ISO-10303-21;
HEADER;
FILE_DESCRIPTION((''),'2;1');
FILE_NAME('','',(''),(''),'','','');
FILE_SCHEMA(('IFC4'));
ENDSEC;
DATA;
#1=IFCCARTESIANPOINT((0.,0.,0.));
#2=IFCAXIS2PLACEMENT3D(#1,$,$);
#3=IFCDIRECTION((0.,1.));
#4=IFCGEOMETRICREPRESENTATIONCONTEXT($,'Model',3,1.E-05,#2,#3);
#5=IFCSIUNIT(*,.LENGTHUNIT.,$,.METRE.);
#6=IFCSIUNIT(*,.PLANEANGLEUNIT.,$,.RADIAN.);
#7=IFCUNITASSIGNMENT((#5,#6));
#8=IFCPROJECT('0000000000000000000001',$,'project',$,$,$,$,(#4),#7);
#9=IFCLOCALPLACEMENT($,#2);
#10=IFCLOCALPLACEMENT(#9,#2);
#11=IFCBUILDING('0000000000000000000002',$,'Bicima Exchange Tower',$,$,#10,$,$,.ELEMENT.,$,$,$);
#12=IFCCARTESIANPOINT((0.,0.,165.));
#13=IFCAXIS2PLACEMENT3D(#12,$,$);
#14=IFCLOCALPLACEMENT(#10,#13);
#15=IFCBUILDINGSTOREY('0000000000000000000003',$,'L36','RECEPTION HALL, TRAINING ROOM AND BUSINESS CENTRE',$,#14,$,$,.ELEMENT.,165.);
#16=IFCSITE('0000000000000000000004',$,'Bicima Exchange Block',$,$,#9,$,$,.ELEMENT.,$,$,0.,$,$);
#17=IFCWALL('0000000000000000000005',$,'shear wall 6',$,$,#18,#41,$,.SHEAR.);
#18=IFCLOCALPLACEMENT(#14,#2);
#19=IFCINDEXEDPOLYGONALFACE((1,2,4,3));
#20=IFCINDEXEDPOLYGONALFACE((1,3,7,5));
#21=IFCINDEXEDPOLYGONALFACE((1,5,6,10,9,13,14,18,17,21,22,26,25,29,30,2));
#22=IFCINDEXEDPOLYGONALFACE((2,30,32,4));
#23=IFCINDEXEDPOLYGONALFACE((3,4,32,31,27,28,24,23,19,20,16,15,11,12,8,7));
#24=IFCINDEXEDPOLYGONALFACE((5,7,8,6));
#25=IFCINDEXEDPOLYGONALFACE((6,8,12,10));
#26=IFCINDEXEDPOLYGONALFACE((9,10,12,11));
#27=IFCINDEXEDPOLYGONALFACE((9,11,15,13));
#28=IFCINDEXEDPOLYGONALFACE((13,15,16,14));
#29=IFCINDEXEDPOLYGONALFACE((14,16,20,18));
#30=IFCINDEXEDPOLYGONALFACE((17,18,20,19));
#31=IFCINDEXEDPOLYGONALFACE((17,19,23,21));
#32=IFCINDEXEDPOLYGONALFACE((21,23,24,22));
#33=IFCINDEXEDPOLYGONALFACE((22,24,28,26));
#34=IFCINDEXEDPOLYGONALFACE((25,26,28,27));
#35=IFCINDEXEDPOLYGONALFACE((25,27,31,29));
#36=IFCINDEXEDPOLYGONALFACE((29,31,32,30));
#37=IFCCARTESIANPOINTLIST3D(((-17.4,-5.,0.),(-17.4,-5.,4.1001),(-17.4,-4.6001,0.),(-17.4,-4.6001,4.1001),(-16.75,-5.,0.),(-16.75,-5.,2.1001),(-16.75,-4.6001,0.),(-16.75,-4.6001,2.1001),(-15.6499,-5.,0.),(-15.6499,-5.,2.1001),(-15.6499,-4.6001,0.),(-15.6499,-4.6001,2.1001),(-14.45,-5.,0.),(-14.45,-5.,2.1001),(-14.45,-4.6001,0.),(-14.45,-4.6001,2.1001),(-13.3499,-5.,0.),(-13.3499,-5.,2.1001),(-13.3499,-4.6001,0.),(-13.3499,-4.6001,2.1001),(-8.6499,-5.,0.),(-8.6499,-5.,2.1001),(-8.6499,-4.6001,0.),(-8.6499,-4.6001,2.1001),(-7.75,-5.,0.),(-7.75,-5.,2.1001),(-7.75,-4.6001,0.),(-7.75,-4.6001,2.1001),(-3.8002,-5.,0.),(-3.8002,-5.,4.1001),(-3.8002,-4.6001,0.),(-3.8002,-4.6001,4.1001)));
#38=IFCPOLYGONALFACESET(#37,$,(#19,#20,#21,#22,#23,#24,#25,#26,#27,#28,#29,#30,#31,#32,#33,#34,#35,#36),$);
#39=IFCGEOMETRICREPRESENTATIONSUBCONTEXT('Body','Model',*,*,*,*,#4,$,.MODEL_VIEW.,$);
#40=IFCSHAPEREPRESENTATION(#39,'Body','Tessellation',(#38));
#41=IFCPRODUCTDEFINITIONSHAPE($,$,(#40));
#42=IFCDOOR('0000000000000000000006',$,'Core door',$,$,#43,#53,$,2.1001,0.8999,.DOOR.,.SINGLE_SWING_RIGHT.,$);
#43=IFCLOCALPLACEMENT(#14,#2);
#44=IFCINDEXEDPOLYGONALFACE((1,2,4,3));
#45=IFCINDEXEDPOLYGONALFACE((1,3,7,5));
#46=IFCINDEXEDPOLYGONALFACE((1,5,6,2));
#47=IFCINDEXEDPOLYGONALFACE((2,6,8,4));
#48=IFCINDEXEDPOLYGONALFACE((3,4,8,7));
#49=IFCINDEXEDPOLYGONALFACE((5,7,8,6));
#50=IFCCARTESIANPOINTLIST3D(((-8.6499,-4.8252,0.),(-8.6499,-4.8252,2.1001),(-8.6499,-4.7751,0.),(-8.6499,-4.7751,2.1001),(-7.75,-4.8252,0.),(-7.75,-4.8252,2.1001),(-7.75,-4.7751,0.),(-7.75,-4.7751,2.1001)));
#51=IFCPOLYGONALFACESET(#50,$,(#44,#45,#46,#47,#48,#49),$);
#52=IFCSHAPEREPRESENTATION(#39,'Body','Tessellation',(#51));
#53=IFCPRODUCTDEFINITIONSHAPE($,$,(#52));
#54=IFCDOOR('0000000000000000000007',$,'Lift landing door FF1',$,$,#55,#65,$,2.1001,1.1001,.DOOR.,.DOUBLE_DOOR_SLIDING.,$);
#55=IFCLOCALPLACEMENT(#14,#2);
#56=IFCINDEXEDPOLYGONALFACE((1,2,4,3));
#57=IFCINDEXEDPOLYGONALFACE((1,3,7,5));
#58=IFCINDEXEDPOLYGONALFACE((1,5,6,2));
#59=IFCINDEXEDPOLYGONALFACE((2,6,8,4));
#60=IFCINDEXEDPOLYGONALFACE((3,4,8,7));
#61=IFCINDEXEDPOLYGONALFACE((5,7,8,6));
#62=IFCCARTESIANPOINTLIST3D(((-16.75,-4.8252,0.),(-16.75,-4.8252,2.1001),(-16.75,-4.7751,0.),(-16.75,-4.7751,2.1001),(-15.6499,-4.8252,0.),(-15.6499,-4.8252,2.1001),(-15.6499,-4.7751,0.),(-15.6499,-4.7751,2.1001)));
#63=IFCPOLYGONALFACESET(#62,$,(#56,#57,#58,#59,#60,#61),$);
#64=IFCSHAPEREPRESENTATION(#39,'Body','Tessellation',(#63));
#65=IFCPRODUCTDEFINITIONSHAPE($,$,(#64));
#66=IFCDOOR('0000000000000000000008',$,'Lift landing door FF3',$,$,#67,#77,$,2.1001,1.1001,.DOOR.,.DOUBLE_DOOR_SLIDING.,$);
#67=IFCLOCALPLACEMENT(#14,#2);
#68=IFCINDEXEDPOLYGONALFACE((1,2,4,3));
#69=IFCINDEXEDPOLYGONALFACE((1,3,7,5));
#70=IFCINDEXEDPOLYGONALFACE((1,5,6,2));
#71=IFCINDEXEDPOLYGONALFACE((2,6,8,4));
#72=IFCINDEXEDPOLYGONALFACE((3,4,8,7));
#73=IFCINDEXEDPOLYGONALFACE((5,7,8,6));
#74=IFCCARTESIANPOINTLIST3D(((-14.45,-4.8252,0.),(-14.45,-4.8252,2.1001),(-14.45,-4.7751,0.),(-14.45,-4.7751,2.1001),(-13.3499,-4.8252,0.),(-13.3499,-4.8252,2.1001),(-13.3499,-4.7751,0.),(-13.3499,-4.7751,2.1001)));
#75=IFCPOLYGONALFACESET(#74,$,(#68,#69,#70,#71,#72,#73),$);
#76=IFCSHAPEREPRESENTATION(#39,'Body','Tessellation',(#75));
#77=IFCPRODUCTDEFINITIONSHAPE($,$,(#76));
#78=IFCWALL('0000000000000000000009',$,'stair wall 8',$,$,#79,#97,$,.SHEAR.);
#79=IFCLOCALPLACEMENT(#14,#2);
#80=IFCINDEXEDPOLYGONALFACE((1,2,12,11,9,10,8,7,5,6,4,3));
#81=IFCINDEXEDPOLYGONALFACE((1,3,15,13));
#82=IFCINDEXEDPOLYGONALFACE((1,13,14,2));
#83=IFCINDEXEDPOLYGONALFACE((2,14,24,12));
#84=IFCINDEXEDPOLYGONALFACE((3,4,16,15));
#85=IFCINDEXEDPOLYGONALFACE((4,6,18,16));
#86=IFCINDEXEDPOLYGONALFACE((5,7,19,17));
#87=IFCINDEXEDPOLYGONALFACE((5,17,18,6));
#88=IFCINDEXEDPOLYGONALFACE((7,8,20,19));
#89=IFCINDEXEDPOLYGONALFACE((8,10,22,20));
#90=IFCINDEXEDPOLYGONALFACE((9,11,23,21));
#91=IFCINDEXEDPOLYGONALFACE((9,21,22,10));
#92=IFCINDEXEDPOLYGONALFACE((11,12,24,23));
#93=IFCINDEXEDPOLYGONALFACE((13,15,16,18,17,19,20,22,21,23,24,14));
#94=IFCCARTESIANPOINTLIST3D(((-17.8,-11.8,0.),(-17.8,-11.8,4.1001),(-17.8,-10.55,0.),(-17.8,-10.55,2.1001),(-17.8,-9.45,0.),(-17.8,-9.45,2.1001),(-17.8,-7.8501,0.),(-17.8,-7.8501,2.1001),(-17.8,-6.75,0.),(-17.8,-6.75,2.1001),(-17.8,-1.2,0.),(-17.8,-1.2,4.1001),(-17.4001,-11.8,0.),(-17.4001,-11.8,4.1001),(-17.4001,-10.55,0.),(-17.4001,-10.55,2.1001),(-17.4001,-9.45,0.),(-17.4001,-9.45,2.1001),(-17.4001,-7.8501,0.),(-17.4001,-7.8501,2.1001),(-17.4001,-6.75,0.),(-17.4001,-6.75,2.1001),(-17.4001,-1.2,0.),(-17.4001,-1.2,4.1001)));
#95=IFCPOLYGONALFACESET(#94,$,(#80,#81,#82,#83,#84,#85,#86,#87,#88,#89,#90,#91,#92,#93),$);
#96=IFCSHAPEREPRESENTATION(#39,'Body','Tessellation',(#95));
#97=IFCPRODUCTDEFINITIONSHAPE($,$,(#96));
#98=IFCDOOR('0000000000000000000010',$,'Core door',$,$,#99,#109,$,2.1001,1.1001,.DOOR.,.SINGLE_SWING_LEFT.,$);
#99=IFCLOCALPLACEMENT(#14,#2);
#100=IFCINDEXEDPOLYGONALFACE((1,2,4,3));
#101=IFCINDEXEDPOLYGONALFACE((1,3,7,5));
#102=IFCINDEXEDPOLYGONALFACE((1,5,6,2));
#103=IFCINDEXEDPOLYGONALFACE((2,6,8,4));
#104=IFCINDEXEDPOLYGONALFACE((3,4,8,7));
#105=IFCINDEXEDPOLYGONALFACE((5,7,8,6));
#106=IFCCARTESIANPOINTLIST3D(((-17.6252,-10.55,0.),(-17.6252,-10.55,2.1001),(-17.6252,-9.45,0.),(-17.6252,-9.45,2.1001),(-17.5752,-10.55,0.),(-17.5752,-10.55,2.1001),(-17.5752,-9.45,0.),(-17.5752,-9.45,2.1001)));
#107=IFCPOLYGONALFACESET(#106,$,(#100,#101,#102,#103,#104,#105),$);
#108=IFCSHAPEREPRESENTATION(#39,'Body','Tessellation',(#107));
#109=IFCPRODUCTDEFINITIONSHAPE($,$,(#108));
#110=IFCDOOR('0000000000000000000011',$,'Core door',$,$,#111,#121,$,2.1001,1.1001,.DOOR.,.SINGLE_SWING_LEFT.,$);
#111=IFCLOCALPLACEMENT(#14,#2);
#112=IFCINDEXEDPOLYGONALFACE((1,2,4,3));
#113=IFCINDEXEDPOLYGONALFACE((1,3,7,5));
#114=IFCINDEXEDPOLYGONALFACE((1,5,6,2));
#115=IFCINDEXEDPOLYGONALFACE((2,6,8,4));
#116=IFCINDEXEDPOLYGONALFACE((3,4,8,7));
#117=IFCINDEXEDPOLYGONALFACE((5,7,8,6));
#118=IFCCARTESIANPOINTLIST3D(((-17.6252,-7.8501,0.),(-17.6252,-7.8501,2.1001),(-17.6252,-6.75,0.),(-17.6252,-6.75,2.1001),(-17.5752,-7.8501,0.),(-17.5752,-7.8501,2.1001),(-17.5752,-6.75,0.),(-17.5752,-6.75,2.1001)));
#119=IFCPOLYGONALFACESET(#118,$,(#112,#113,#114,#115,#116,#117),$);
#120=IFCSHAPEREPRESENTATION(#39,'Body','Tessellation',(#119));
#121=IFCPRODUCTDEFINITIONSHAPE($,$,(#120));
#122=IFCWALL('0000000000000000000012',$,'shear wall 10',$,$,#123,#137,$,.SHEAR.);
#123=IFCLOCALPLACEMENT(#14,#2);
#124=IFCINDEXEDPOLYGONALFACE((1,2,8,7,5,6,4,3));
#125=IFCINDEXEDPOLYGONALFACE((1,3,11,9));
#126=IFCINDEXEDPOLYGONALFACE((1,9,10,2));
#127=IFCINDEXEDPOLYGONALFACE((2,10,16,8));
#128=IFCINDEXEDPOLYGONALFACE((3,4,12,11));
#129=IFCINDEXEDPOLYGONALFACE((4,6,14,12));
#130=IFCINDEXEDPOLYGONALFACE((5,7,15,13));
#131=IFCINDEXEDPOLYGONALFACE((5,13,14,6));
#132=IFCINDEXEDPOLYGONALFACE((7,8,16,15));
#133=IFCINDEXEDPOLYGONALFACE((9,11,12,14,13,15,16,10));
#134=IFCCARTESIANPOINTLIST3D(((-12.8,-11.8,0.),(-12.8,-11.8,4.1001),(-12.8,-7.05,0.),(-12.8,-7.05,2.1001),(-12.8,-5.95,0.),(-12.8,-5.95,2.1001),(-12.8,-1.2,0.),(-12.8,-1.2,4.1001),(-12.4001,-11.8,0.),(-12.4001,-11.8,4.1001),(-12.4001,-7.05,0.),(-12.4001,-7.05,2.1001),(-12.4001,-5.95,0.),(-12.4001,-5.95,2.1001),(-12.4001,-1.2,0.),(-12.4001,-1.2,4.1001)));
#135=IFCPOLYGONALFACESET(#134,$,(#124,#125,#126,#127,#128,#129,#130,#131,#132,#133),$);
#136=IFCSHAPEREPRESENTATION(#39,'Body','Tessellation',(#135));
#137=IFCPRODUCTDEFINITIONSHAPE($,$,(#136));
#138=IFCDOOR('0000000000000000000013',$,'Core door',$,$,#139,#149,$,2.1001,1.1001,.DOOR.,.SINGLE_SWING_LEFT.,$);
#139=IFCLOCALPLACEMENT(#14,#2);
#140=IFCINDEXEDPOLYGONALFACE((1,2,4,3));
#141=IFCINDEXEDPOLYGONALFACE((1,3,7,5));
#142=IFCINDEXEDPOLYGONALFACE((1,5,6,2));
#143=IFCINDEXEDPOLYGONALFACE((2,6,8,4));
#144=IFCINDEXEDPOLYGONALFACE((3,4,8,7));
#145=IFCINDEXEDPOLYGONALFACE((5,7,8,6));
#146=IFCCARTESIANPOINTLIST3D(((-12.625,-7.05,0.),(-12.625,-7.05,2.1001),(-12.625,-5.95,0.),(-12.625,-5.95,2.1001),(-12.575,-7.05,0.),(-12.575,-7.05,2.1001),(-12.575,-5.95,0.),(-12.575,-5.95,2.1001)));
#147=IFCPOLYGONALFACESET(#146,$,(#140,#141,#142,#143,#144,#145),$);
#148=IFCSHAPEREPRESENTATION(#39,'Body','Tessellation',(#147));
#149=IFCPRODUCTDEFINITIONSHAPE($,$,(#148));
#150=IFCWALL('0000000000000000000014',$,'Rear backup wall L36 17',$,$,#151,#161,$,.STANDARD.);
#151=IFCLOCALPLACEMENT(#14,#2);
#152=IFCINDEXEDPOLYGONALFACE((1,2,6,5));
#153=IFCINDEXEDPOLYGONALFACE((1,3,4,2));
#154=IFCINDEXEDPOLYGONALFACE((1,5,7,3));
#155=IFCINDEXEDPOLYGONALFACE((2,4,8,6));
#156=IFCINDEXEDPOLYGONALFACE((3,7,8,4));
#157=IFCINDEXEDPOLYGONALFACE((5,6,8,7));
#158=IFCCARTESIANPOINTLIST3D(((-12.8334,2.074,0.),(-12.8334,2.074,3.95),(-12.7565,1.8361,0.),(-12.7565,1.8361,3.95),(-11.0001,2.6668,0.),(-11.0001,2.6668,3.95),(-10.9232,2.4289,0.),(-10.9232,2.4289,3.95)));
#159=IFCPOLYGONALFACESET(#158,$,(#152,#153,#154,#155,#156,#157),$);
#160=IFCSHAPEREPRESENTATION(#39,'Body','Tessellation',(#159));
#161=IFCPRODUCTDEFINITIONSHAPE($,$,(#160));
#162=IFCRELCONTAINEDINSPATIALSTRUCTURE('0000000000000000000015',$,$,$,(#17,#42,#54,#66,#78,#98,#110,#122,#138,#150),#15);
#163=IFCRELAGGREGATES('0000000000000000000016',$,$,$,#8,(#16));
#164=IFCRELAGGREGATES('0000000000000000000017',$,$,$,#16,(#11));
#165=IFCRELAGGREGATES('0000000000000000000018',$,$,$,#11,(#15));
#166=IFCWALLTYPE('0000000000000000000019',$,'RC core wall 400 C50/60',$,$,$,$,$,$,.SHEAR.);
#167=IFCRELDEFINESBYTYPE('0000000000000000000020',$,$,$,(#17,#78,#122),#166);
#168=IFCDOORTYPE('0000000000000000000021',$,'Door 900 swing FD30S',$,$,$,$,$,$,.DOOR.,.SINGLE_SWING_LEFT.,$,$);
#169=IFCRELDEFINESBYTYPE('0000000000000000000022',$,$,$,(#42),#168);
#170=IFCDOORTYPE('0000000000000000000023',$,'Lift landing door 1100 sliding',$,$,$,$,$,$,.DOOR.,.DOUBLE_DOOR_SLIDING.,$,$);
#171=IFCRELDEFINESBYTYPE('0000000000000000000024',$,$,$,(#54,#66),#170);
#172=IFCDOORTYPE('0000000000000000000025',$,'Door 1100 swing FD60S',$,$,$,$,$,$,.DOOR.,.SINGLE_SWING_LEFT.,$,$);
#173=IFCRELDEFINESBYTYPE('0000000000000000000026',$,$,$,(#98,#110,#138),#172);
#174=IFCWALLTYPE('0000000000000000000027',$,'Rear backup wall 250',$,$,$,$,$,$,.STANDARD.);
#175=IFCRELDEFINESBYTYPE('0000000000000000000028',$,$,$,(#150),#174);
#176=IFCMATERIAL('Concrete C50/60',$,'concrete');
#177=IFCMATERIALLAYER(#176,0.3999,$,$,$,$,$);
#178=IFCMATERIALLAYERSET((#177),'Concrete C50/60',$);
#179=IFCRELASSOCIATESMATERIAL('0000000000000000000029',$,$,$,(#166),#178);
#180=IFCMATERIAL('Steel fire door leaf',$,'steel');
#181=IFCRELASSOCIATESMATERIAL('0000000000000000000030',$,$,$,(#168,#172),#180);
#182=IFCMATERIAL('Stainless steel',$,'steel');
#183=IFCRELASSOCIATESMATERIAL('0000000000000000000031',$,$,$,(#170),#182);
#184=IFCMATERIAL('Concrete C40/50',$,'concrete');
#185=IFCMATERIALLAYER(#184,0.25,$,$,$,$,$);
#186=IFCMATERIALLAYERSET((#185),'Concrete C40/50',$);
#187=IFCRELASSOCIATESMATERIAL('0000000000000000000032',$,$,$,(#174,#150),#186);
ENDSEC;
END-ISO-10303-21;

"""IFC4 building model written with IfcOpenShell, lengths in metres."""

from ifc_helpers import new_model, si_unit, direction, frame, frame_2d, origin, place, context, subcontext, project, spatial, rectangle, extrude, material, layer, layer_set, layer_usage, type_object, element, fill, save


model = new_model("IFC4")

# Units and contexts
model_context = context("Model", 3, precision=1e-05, world=origin(), true_north=direction((0.0, 1.0)))
body_context = subcontext(model_context, "Body", "Model", "MODEL_VIEW")
ifc_project = project(units=[si_unit("LENGTHUNIT", "METRE"), si_unit("PLANEANGLEUNIT", "RADIAN")], contexts=[model_context])

# Site, building, storey
site_placement = place(None, origin())
site = spatial("IfcSite", under=ifc_project, at=site_placement, Name="Bicima Exchange Block", CompositionType="ELEMENT", RefElevation=0.0)
building_placement = place(site_placement, origin())
building = spatial("IfcBuilding", under=site, at=building_placement, Name="Bicima Exchange Tower", CompositionType="ELEMENT")
storey_placement = place(building_placement, frame((0.0, 0.0, 165.0)))
storey = spatial("IfcBuildingStorey", under=building, at=storey_placement, Name="L36", Description="RECEPTION HALL, TRAINING ROOM AND BUSINESS CENTRE", CompositionType="ELEMENT", Elevation=165.0)

# Walls, openings, doors
ifc_material_1 = material(Name="Concrete C50/60", Category="concrete")
ifc_layer_1 = layer(ifc_material_1, 0.3999)
ifc_layer_set_1 = layer_set([ifc_layer_1], Name="Concrete C50/60")
wall_type_1 = type_object("IfcWallType", Name="RC core wall 400 C50/60", PredefinedType="SHEAR", material=ifc_layer_set_1)
ifc_material_2 = material(Name="Steel fire door leaf", Category="steel")
door_type_1 = type_object("IfcDoorType", Name="Door 900 swing FD30S", OperationType="SINGLE_SWING_LEFT", PredefinedType="DOOR", material=ifc_material_2)
ifc_material_3 = material(Name="Stainless steel", Category="steel")
wall_1_placement = place(storey_placement, frame((-17.3999, -4.8, 0.0), z_axis=(0.0, 0.0, 1.0), x_axis=(1.0, 0.0, 0.0)))
wall_1 = element("IfcWall", 1, at=wall_1_placement, inside=storey, type_object=wall_type_1, Name="shear wall 6", PredefinedType="SHEAR", context=body_context, shape_type="SweptSolid", body=[
    extrude(rectangle(XDim=13.5999, YDim=0.3999, at=frame_2d((6.7998, 0.0))), origin(), (0.0, 0.0, 1.0), 4.1001),
])
opening_1_placement = place(wall_1_placement, frame((0.6499, 0.0, 0.0)))
opening_1 = element("IfcOpeningElement", 2, at=opening_1_placement, cuts=wall_1, PredefinedType="OPENING", context=body_context, shape_type="SweptSolid", body=[
    extrude(rectangle(XDim=1.1001, YDim=2.1001, at=frame_2d((0.55, 1.05))), frame((0.0, 0.2119, 0.0), z_axis=(0.0, -1.0, 0.0), x_axis=(1.0, 0.0, 0.0)), (0.0, 0.0, 1.0), 0.4238),
])
opening_2_placement = place(wall_1_placement, frame((2.95, 0.0, 0.0)))
opening_2 = element("IfcOpeningElement", 3, at=opening_2_placement, cuts=wall_1, PredefinedType="OPENING", context=body_context, shape_type="SweptSolid", body=[
    extrude(rectangle(XDim=1.1001, YDim=2.1001, at=frame_2d((0.55, 1.05))), frame((0.0, 0.2119, 0.0), z_axis=(0.0, -1.0, 0.0), x_axis=(1.0, 0.0, 0.0)), (0.0, 0.0, 1.0), 0.4238),
])
opening_3_placement = place(wall_1_placement, frame((8.75, 0.0, 0.0)))
opening_3 = element("IfcOpeningElement", 4, at=opening_3_placement, cuts=wall_1, PredefinedType="OPENING", context=body_context, shape_type="SweptSolid", body=[
    extrude(rectangle(XDim=0.8999, YDim=2.1001, at=frame_2d((0.45, 1.05))), frame((0.0, 0.2119, 0.0), z_axis=(0.0, -1.0, 0.0), x_axis=(1.0, 0.0, 0.0)), (0.0, 0.0, 1.0), 0.4238),
])
door_1_placement = place(opening_3_placement, origin())
door_1 = element("IfcDoor", 5, at=door_1_placement, inside=storey, type_object=door_type_1, Name="Core door", OperationType="SINGLE_SWING_RIGHT", OverallHeight=2.1001, OverallWidth=0.8999, PredefinedType="DOOR", context=body_context, shape_type="SweptSolid", body=[
    extrude(rectangle(XDim=0.8999, YDim=2.1001, at=frame_2d((0.45, 1.05))), frame((0.0, 0.0249, 0.0), z_axis=(0.0, -1.0, 0.0), x_axis=(1.0, 0.0, 0.0)), (0.0, 0.0, 1.0), 0.05),
])
fill(opening_3, door_1)
door_type_2 = type_object("IfcDoorType", Name="Lift landing door 1100 sliding", OperationType="DOUBLE_DOOR_SLIDING", PredefinedType="DOOR", material=ifc_material_3)
door_2_placement = place(opening_1_placement, origin())
door_2 = element("IfcDoor", 6, at=door_2_placement, inside=storey, type_object=door_type_2, Name="Lift landing door FF1", OperationType="DOUBLE_DOOR_SLIDING", OverallHeight=2.1001, OverallWidth=1.1001, PredefinedType="DOOR", context=body_context, shape_type="SweptSolid", body=[
    extrude(rectangle(XDim=1.1001, YDim=2.1001, at=frame_2d((0.55, 1.05))), frame((0.0, 0.0249, 0.0), z_axis=(0.0, -1.0, 0.0), x_axis=(1.0, 0.0, 0.0)), (0.0, 0.0, 1.0), 0.05),
])
fill(opening_1, door_2)
door_3_placement = place(opening_2_placement, origin())
door_3 = element("IfcDoor", 7, at=door_3_placement, inside=storey, type_object=door_type_2, Name="Lift landing door FF3", OperationType="DOUBLE_DOOR_SLIDING", OverallHeight=2.1001, OverallWidth=1.1001, PredefinedType="DOOR", context=body_context, shape_type="SweptSolid", body=[
    extrude(rectangle(XDim=1.1001, YDim=2.1001, at=frame_2d((0.55, 1.05))), frame((0.0, 0.0249, 0.0), z_axis=(0.0, -1.0, 0.0), x_axis=(1.0, 0.0, 0.0)), (0.0, 0.0, 1.0), 0.05),
])
fill(opening_2, door_3)
wall_2_placement = place(storey_placement, frame((-17.6001, -11.8, 0.0), z_axis=(0.0, 0.0, 1.0), x_axis=(0.0, 1.0, 0.0)))
wall_2 = element("IfcWall", 8, at=wall_2_placement, inside=storey, type_object=wall_type_1, Name="stair wall 8", PredefinedType="SHEAR", context=body_context, shape_type="SweptSolid", body=[
    extrude(rectangle(XDim=10.6001, YDim=0.3999, at=frame_2d((5.3, 0.0))), origin(), (0.0, 0.0, 1.0), 4.1001),
])
opening_4_placement = place(wall_2_placement, frame((1.25, 0.0, 0.0)))
opening_4 = element("IfcOpeningElement", 9, at=opening_4_placement, cuts=wall_2, PredefinedType="OPENING", context=body_context, shape_type="SweptSolid", body=[
    extrude(rectangle(XDim=1.1001, YDim=2.1001, at=frame_2d((0.55, 1.05))), frame((0.0, 0.2119, 0.0), z_axis=(0.0, -1.0, 0.0), x_axis=(1.0, 0.0, 0.0)), (0.0, 0.0, 1.0), 0.4238),
])
opening_5_placement = place(wall_2_placement, frame((3.95, 0.0, 0.0)))
opening_5 = element("IfcOpeningElement", 10, at=opening_5_placement, cuts=wall_2, PredefinedType="OPENING", context=body_context, shape_type="SweptSolid", body=[
    extrude(rectangle(XDim=1.1001, YDim=2.1001, at=frame_2d((0.55, 1.05))), frame((0.0, 0.2119, 0.0), z_axis=(0.0, -1.0, 0.0), x_axis=(1.0, 0.0, 0.0)), (0.0, 0.0, 1.0), 0.4238),
])
door_type_3 = type_object("IfcDoorType", Name="Door 1100 swing FD60S", OperationType="SINGLE_SWING_LEFT", PredefinedType="DOOR", material=ifc_material_2)
door_4_placement = place(opening_4_placement, frame((1.1001, 0.0, 0.0), z_axis=(0.0, 0.0, 1.0), x_axis=(-1.0, 0.0, 0.0)))
door_4 = element("IfcDoor", 11, at=door_4_placement, inside=storey, type_object=door_type_3, Name="Core door", OperationType="SINGLE_SWING_LEFT", OverallHeight=2.1001, OverallWidth=1.1001, PredefinedType="DOOR", context=body_context, shape_type="SweptSolid", body=[
    extrude(rectangle(XDim=1.1001, YDim=2.1001, at=frame_2d((0.55, 1.05))), frame((0.0, 0.0249, 0.0), z_axis=(0.0, -1.0, 0.0), x_axis=(1.0, 0.0, 0.0)), (0.0, 0.0, 1.0), 0.05),
])
fill(opening_4, door_4)
door_5_placement = place(opening_5_placement, frame((1.1001, 0.0, 0.0), z_axis=(0.0, 0.0, 1.0), x_axis=(-1.0, 0.0, 0.0)))
door_5 = element("IfcDoor", 12, at=door_5_placement, inside=storey, type_object=door_type_3, Name="Core door", OperationType="SINGLE_SWING_LEFT", OverallHeight=2.1001, OverallWidth=1.1001, PredefinedType="DOOR", context=body_context, shape_type="SweptSolid", body=[
    extrude(rectangle(XDim=1.1001, YDim=2.1001, at=frame_2d((0.55, 1.05))), frame((0.0, 0.0249, 0.0), z_axis=(0.0, -1.0, 0.0), x_axis=(1.0, 0.0, 0.0)), (0.0, 0.0, 1.0), 0.05),
])
fill(opening_5, door_5)

# Wall, opening, door
wall_3_placement = place(storey_placement, frame((-12.6001, -11.8, 0.0), z_axis=(0.0, 0.0, 1.0), x_axis=(0.0, 1.0, 0.0)))
wall_3 = element("IfcWall", 13, at=wall_3_placement, inside=storey, type_object=wall_type_1, Name="shear wall 10", PredefinedType="SHEAR", context=body_context, shape_type="SweptSolid", body=[
    extrude(rectangle(XDim=10.6001, YDim=0.3999, at=frame_2d((5.3, 0.0))), origin(), (0.0, 0.0, 1.0), 4.1001),
])
opening_6_placement = place(wall_3_placement, frame((4.75, 0.0, 0.0)))
opening_6 = element("IfcOpeningElement", 14, at=opening_6_placement, cuts=wall_3, PredefinedType="OPENING", context=body_context, shape_type="SweptSolid", body=[
    extrude(rectangle(XDim=1.1001, YDim=2.1001, at=frame_2d((0.55, 1.05))), frame((0.0, 0.2119, 0.0), z_axis=(0.0, -1.0, 0.0), x_axis=(1.0, 0.0, 0.0)), (0.0, 0.0, 1.0), 0.4238),
])
door_6_placement = place(opening_6_placement, origin())
door_6 = element("IfcDoor", 15, at=door_6_placement, inside=storey, type_object=door_type_3, Name="Core door", OperationType="SINGLE_SWING_LEFT", OverallHeight=2.1001, OverallWidth=1.1001, PredefinedType="DOOR", context=body_context, shape_type="SweptSolid", body=[
    extrude(rectangle(XDim=1.1001, YDim=2.1001, at=frame_2d((0.55, 1.05))), frame((0.0, 0.0249, 0.0), z_axis=(0.0, -1.0, 0.0), x_axis=(1.0, 0.0, 0.0)), (0.0, 0.0, 1.0), 0.05),
])
fill(opening_6, door_6)

# Wall
ifc_material_4 = material(Name="Concrete C40/50", Category="concrete")
ifc_layer_2 = layer(ifc_material_4, 0.25)
ifc_layer_set_2 = layer_set([ifc_layer_2], Name="Concrete C40/50")
ifc_layer_usage = layer_usage(ifc_layer_set_2, "AXIS2", "POSITIVE", -0.125)
wall_type_2 = type_object("IfcWallType", Name="Rear backup wall 250", PredefinedType="STANDARD", material=ifc_layer_set_2)
wall_4_placement = place(storey_placement, frame((-10.9617, 2.5479, 0.0), z_axis=(0.0, 0.0, 1.0), x_axis=(-0.951496, -0.307662, 0.0)))
element("IfcWall", 16, at=wall_4_placement, inside=storey, type_object=wall_type_2, material=ifc_layer_usage, Name="Rear backup wall L36 17", PredefinedType="STANDARD", context=body_context, shape_type="SweptSolid", body=[
    extrude(rectangle(XDim=1.9268, YDim=0.25, at=frame_2d((0.9634, 0.0))), origin(), (0.0, 0.0, 1.0), 3.95),
])

save(model, "model.ifc")
